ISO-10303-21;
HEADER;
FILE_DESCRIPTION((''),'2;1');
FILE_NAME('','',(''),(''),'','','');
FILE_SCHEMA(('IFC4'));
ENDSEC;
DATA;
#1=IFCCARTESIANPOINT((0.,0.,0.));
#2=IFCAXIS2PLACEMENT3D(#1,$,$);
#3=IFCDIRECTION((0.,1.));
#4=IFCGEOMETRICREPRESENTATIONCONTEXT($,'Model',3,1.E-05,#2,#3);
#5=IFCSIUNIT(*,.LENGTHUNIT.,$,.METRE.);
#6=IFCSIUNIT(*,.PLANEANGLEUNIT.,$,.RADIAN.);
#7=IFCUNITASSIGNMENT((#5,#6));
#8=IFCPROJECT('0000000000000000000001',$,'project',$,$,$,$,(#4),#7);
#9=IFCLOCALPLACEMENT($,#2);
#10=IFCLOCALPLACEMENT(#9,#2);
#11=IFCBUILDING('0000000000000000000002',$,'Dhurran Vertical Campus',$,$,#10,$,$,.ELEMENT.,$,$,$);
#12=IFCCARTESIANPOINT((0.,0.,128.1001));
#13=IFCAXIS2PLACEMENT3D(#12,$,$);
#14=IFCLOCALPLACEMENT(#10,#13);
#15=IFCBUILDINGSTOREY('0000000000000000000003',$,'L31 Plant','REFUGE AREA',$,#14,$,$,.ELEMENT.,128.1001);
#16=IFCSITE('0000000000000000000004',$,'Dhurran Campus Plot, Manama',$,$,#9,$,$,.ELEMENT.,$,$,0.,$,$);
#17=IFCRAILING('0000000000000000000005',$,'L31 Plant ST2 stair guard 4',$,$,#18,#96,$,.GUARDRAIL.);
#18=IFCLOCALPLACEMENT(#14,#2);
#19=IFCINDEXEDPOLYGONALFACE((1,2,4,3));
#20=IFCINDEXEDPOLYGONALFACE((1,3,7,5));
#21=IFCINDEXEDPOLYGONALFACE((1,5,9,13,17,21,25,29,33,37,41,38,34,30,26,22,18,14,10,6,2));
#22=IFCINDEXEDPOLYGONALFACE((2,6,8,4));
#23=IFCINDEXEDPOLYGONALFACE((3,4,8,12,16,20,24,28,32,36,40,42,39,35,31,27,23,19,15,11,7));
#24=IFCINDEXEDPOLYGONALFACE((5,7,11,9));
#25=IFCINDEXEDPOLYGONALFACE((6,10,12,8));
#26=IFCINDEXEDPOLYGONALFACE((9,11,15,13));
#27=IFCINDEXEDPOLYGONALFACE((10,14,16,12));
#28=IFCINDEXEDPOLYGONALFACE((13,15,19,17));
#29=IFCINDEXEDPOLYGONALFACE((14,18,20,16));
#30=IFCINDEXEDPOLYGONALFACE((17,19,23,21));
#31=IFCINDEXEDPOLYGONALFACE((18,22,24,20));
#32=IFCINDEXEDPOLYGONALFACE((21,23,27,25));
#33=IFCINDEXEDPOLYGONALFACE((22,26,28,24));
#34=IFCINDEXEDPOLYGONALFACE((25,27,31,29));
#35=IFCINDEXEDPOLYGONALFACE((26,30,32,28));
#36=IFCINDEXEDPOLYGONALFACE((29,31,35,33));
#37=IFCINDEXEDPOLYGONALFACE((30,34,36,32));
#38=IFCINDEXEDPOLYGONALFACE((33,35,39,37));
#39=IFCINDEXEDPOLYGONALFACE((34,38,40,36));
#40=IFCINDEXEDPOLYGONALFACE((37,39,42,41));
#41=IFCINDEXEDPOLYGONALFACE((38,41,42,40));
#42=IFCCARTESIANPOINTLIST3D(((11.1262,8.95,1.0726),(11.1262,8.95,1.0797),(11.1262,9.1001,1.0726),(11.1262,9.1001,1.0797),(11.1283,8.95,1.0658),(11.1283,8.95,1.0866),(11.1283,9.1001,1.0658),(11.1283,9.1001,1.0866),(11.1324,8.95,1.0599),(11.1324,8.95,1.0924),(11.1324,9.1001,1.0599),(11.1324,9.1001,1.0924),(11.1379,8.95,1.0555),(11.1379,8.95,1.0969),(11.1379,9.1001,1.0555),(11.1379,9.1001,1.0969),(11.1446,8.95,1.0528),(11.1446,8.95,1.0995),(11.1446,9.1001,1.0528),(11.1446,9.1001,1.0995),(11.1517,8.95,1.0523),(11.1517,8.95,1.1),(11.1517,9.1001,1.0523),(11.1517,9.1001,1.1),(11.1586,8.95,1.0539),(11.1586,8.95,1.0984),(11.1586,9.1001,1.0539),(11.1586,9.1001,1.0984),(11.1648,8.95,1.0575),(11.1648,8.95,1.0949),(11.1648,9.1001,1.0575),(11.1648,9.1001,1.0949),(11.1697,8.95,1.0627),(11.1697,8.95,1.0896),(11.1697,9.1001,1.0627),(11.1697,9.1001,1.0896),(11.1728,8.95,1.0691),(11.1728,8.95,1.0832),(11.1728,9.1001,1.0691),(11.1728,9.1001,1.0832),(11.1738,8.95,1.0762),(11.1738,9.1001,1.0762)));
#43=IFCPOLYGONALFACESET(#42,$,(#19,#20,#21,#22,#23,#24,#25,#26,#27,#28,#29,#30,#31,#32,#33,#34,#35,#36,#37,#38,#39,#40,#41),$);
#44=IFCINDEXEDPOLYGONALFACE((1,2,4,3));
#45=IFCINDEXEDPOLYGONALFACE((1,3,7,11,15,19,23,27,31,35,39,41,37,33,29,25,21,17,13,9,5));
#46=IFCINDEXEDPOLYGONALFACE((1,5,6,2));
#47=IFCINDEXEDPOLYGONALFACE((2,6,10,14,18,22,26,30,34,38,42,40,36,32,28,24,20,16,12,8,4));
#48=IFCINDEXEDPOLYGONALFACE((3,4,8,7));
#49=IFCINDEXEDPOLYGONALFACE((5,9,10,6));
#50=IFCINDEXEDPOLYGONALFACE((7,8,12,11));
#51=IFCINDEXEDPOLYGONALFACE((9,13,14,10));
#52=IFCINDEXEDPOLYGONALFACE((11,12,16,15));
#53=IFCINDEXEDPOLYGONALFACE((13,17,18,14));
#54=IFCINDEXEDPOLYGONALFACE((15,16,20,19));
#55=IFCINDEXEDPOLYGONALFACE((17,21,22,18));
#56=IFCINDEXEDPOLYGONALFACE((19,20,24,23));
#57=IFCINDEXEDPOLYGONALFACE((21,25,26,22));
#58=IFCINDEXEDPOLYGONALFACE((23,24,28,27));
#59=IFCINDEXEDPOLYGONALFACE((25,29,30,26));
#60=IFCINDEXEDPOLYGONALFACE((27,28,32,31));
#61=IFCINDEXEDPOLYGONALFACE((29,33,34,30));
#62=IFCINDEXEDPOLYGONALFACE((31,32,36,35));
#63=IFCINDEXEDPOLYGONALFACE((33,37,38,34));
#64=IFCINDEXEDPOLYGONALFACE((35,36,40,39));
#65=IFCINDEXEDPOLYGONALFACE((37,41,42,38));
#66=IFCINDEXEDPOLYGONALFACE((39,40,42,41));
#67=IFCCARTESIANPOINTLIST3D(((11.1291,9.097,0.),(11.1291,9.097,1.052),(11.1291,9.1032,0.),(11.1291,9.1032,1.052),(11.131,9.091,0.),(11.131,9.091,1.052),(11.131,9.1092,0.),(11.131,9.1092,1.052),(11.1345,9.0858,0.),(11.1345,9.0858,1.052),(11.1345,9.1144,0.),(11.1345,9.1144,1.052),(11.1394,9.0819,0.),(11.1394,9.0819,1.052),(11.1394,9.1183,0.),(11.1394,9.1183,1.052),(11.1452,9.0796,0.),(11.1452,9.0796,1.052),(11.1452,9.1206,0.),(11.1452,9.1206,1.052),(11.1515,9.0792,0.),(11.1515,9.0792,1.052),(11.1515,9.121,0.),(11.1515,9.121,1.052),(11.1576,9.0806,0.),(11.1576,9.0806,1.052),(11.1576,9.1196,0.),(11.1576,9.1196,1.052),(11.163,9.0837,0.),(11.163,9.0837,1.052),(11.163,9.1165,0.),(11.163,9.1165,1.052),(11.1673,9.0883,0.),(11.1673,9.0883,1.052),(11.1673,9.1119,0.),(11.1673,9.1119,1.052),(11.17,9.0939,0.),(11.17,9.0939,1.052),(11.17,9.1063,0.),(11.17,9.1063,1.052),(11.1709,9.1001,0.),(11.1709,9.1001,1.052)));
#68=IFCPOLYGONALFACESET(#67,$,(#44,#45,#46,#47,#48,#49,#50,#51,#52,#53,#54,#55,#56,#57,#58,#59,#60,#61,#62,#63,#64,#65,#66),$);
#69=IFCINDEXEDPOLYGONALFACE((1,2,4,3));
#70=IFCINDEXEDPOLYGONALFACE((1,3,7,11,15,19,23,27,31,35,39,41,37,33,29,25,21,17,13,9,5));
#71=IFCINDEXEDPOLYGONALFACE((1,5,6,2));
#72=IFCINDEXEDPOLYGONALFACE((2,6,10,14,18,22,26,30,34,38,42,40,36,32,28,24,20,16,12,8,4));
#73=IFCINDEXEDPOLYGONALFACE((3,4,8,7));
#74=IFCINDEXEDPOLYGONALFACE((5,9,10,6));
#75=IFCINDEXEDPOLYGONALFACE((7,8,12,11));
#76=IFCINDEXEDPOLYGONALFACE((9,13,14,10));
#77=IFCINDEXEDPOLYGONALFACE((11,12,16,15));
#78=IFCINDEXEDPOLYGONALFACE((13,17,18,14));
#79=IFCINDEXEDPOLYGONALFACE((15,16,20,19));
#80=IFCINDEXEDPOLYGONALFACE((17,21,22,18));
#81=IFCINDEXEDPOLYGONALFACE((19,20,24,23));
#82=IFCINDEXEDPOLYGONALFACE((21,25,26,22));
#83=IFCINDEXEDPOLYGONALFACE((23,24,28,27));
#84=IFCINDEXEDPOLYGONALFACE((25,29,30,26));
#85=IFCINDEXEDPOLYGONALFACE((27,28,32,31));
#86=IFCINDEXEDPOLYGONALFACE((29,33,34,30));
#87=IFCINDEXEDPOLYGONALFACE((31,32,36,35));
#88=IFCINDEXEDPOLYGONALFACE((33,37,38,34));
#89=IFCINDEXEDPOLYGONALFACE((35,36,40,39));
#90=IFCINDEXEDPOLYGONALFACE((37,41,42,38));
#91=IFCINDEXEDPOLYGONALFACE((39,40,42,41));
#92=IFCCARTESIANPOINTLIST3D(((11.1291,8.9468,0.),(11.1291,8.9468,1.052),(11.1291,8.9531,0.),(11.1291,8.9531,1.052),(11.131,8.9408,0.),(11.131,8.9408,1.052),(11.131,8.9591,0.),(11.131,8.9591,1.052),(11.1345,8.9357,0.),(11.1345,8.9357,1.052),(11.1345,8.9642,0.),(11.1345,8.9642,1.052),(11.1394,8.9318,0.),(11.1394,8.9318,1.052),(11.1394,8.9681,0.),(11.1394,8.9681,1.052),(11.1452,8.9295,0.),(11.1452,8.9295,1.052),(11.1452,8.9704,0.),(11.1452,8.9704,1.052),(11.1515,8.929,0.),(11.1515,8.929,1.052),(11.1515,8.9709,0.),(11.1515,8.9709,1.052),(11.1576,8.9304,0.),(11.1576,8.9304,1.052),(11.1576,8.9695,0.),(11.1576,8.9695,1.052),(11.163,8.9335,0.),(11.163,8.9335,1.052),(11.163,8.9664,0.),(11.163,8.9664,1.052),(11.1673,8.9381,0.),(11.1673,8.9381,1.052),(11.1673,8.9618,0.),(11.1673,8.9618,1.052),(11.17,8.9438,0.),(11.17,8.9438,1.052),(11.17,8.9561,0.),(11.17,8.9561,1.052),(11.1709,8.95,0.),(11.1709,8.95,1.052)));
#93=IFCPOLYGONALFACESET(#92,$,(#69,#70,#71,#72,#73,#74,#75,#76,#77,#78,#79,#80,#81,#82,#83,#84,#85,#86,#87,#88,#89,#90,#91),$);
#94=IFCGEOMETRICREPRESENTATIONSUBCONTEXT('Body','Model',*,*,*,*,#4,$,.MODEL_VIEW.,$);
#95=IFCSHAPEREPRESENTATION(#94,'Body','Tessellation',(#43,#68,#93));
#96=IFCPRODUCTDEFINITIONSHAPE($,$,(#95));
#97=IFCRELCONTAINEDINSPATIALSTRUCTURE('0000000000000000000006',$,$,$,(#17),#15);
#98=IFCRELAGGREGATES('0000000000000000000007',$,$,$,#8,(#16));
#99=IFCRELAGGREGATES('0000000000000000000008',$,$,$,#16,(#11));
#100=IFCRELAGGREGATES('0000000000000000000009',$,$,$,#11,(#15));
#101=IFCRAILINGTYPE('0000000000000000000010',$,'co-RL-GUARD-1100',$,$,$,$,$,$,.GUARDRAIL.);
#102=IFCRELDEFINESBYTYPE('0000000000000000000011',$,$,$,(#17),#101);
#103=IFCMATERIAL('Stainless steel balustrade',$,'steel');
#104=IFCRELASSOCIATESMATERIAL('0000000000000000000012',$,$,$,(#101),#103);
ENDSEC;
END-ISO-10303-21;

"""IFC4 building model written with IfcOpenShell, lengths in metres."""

from ifc_helpers import new_model, si_unit, direction, frame, origin, origin_2d, place, context, subcontext, project, spatial, circle, extrude, material, type_object, element, save


model = new_model("IFC4")

# Units and contexts
model_context = context("Model", 3, precision=1e-05, world=origin(), true_north=direction((0.0, 1.0)))
body_context = subcontext(model_context, "Body", "Model", "MODEL_VIEW")
ifc_project = project(units=[si_unit("LENGTHUNIT", "METRE"), si_unit("PLANEANGLEUNIT", "RADIAN")], contexts=[model_context])

# Site, building, storey
site_placement = place(None, origin())
site = spatial("IfcSite", under=ifc_project, at=site_placement, Name="Dhurran Campus Plot, Manama", CompositionType="ELEMENT", RefElevation=0.0)
building_placement = place(site_placement, origin())
building = spatial("IfcBuilding", under=site, at=building_placement, Name="Dhurran Vertical Campus", CompositionType="ELEMENT")
storey_placement = place(building_placement, frame((0.0, 0.0, 128.1001)))
storey = spatial("IfcBuildingStorey", under=building, at=storey_placement, Name="L31 Plant", Description="REFUGE AREA", CompositionType="ELEMENT", Elevation=128.1001)

# Railing
ifc_material_1 = material(Name="Stainless steel balustrade", Category="steel")
railing_type_1 = type_object("IfcRailingType", Name="co-RL-GUARD-1100", PredefinedType="GUARDRAIL", material=ifc_material_1)
railing_1_placement = place(storey_placement, frame((11.1499, 9.1001, 0.0)))
element("IfcRailing", 1, at=railing_1_placement, inside=storey, type_object=railing_type_1, Name="L31 Plant ST2 stair guard 4", PredefinedType="GUARDRAIL", context=body_context, shape_type="SweptSolid", body=[
    extrude(circle(Radius=0.0239, at=origin_2d()), frame((0.0, 0.0, 1.0762), z_axis=(0.0, -1.0, 0.0), x_axis=(1.0, 0.0, 0.0)), (0.0, 0.0, 1.0), 0.1501),
    extrude(circle(Radius=0.021, at=origin_2d()), origin(), (0.0, 0.0, 1.0), 1.052),
    extrude(circle(Radius=0.021, at=origin_2d()), frame((0.0, -0.1501, 0.0)), (0.0, 0.0, 1.0), 1.052),
])

save(model, "model.ifc")
